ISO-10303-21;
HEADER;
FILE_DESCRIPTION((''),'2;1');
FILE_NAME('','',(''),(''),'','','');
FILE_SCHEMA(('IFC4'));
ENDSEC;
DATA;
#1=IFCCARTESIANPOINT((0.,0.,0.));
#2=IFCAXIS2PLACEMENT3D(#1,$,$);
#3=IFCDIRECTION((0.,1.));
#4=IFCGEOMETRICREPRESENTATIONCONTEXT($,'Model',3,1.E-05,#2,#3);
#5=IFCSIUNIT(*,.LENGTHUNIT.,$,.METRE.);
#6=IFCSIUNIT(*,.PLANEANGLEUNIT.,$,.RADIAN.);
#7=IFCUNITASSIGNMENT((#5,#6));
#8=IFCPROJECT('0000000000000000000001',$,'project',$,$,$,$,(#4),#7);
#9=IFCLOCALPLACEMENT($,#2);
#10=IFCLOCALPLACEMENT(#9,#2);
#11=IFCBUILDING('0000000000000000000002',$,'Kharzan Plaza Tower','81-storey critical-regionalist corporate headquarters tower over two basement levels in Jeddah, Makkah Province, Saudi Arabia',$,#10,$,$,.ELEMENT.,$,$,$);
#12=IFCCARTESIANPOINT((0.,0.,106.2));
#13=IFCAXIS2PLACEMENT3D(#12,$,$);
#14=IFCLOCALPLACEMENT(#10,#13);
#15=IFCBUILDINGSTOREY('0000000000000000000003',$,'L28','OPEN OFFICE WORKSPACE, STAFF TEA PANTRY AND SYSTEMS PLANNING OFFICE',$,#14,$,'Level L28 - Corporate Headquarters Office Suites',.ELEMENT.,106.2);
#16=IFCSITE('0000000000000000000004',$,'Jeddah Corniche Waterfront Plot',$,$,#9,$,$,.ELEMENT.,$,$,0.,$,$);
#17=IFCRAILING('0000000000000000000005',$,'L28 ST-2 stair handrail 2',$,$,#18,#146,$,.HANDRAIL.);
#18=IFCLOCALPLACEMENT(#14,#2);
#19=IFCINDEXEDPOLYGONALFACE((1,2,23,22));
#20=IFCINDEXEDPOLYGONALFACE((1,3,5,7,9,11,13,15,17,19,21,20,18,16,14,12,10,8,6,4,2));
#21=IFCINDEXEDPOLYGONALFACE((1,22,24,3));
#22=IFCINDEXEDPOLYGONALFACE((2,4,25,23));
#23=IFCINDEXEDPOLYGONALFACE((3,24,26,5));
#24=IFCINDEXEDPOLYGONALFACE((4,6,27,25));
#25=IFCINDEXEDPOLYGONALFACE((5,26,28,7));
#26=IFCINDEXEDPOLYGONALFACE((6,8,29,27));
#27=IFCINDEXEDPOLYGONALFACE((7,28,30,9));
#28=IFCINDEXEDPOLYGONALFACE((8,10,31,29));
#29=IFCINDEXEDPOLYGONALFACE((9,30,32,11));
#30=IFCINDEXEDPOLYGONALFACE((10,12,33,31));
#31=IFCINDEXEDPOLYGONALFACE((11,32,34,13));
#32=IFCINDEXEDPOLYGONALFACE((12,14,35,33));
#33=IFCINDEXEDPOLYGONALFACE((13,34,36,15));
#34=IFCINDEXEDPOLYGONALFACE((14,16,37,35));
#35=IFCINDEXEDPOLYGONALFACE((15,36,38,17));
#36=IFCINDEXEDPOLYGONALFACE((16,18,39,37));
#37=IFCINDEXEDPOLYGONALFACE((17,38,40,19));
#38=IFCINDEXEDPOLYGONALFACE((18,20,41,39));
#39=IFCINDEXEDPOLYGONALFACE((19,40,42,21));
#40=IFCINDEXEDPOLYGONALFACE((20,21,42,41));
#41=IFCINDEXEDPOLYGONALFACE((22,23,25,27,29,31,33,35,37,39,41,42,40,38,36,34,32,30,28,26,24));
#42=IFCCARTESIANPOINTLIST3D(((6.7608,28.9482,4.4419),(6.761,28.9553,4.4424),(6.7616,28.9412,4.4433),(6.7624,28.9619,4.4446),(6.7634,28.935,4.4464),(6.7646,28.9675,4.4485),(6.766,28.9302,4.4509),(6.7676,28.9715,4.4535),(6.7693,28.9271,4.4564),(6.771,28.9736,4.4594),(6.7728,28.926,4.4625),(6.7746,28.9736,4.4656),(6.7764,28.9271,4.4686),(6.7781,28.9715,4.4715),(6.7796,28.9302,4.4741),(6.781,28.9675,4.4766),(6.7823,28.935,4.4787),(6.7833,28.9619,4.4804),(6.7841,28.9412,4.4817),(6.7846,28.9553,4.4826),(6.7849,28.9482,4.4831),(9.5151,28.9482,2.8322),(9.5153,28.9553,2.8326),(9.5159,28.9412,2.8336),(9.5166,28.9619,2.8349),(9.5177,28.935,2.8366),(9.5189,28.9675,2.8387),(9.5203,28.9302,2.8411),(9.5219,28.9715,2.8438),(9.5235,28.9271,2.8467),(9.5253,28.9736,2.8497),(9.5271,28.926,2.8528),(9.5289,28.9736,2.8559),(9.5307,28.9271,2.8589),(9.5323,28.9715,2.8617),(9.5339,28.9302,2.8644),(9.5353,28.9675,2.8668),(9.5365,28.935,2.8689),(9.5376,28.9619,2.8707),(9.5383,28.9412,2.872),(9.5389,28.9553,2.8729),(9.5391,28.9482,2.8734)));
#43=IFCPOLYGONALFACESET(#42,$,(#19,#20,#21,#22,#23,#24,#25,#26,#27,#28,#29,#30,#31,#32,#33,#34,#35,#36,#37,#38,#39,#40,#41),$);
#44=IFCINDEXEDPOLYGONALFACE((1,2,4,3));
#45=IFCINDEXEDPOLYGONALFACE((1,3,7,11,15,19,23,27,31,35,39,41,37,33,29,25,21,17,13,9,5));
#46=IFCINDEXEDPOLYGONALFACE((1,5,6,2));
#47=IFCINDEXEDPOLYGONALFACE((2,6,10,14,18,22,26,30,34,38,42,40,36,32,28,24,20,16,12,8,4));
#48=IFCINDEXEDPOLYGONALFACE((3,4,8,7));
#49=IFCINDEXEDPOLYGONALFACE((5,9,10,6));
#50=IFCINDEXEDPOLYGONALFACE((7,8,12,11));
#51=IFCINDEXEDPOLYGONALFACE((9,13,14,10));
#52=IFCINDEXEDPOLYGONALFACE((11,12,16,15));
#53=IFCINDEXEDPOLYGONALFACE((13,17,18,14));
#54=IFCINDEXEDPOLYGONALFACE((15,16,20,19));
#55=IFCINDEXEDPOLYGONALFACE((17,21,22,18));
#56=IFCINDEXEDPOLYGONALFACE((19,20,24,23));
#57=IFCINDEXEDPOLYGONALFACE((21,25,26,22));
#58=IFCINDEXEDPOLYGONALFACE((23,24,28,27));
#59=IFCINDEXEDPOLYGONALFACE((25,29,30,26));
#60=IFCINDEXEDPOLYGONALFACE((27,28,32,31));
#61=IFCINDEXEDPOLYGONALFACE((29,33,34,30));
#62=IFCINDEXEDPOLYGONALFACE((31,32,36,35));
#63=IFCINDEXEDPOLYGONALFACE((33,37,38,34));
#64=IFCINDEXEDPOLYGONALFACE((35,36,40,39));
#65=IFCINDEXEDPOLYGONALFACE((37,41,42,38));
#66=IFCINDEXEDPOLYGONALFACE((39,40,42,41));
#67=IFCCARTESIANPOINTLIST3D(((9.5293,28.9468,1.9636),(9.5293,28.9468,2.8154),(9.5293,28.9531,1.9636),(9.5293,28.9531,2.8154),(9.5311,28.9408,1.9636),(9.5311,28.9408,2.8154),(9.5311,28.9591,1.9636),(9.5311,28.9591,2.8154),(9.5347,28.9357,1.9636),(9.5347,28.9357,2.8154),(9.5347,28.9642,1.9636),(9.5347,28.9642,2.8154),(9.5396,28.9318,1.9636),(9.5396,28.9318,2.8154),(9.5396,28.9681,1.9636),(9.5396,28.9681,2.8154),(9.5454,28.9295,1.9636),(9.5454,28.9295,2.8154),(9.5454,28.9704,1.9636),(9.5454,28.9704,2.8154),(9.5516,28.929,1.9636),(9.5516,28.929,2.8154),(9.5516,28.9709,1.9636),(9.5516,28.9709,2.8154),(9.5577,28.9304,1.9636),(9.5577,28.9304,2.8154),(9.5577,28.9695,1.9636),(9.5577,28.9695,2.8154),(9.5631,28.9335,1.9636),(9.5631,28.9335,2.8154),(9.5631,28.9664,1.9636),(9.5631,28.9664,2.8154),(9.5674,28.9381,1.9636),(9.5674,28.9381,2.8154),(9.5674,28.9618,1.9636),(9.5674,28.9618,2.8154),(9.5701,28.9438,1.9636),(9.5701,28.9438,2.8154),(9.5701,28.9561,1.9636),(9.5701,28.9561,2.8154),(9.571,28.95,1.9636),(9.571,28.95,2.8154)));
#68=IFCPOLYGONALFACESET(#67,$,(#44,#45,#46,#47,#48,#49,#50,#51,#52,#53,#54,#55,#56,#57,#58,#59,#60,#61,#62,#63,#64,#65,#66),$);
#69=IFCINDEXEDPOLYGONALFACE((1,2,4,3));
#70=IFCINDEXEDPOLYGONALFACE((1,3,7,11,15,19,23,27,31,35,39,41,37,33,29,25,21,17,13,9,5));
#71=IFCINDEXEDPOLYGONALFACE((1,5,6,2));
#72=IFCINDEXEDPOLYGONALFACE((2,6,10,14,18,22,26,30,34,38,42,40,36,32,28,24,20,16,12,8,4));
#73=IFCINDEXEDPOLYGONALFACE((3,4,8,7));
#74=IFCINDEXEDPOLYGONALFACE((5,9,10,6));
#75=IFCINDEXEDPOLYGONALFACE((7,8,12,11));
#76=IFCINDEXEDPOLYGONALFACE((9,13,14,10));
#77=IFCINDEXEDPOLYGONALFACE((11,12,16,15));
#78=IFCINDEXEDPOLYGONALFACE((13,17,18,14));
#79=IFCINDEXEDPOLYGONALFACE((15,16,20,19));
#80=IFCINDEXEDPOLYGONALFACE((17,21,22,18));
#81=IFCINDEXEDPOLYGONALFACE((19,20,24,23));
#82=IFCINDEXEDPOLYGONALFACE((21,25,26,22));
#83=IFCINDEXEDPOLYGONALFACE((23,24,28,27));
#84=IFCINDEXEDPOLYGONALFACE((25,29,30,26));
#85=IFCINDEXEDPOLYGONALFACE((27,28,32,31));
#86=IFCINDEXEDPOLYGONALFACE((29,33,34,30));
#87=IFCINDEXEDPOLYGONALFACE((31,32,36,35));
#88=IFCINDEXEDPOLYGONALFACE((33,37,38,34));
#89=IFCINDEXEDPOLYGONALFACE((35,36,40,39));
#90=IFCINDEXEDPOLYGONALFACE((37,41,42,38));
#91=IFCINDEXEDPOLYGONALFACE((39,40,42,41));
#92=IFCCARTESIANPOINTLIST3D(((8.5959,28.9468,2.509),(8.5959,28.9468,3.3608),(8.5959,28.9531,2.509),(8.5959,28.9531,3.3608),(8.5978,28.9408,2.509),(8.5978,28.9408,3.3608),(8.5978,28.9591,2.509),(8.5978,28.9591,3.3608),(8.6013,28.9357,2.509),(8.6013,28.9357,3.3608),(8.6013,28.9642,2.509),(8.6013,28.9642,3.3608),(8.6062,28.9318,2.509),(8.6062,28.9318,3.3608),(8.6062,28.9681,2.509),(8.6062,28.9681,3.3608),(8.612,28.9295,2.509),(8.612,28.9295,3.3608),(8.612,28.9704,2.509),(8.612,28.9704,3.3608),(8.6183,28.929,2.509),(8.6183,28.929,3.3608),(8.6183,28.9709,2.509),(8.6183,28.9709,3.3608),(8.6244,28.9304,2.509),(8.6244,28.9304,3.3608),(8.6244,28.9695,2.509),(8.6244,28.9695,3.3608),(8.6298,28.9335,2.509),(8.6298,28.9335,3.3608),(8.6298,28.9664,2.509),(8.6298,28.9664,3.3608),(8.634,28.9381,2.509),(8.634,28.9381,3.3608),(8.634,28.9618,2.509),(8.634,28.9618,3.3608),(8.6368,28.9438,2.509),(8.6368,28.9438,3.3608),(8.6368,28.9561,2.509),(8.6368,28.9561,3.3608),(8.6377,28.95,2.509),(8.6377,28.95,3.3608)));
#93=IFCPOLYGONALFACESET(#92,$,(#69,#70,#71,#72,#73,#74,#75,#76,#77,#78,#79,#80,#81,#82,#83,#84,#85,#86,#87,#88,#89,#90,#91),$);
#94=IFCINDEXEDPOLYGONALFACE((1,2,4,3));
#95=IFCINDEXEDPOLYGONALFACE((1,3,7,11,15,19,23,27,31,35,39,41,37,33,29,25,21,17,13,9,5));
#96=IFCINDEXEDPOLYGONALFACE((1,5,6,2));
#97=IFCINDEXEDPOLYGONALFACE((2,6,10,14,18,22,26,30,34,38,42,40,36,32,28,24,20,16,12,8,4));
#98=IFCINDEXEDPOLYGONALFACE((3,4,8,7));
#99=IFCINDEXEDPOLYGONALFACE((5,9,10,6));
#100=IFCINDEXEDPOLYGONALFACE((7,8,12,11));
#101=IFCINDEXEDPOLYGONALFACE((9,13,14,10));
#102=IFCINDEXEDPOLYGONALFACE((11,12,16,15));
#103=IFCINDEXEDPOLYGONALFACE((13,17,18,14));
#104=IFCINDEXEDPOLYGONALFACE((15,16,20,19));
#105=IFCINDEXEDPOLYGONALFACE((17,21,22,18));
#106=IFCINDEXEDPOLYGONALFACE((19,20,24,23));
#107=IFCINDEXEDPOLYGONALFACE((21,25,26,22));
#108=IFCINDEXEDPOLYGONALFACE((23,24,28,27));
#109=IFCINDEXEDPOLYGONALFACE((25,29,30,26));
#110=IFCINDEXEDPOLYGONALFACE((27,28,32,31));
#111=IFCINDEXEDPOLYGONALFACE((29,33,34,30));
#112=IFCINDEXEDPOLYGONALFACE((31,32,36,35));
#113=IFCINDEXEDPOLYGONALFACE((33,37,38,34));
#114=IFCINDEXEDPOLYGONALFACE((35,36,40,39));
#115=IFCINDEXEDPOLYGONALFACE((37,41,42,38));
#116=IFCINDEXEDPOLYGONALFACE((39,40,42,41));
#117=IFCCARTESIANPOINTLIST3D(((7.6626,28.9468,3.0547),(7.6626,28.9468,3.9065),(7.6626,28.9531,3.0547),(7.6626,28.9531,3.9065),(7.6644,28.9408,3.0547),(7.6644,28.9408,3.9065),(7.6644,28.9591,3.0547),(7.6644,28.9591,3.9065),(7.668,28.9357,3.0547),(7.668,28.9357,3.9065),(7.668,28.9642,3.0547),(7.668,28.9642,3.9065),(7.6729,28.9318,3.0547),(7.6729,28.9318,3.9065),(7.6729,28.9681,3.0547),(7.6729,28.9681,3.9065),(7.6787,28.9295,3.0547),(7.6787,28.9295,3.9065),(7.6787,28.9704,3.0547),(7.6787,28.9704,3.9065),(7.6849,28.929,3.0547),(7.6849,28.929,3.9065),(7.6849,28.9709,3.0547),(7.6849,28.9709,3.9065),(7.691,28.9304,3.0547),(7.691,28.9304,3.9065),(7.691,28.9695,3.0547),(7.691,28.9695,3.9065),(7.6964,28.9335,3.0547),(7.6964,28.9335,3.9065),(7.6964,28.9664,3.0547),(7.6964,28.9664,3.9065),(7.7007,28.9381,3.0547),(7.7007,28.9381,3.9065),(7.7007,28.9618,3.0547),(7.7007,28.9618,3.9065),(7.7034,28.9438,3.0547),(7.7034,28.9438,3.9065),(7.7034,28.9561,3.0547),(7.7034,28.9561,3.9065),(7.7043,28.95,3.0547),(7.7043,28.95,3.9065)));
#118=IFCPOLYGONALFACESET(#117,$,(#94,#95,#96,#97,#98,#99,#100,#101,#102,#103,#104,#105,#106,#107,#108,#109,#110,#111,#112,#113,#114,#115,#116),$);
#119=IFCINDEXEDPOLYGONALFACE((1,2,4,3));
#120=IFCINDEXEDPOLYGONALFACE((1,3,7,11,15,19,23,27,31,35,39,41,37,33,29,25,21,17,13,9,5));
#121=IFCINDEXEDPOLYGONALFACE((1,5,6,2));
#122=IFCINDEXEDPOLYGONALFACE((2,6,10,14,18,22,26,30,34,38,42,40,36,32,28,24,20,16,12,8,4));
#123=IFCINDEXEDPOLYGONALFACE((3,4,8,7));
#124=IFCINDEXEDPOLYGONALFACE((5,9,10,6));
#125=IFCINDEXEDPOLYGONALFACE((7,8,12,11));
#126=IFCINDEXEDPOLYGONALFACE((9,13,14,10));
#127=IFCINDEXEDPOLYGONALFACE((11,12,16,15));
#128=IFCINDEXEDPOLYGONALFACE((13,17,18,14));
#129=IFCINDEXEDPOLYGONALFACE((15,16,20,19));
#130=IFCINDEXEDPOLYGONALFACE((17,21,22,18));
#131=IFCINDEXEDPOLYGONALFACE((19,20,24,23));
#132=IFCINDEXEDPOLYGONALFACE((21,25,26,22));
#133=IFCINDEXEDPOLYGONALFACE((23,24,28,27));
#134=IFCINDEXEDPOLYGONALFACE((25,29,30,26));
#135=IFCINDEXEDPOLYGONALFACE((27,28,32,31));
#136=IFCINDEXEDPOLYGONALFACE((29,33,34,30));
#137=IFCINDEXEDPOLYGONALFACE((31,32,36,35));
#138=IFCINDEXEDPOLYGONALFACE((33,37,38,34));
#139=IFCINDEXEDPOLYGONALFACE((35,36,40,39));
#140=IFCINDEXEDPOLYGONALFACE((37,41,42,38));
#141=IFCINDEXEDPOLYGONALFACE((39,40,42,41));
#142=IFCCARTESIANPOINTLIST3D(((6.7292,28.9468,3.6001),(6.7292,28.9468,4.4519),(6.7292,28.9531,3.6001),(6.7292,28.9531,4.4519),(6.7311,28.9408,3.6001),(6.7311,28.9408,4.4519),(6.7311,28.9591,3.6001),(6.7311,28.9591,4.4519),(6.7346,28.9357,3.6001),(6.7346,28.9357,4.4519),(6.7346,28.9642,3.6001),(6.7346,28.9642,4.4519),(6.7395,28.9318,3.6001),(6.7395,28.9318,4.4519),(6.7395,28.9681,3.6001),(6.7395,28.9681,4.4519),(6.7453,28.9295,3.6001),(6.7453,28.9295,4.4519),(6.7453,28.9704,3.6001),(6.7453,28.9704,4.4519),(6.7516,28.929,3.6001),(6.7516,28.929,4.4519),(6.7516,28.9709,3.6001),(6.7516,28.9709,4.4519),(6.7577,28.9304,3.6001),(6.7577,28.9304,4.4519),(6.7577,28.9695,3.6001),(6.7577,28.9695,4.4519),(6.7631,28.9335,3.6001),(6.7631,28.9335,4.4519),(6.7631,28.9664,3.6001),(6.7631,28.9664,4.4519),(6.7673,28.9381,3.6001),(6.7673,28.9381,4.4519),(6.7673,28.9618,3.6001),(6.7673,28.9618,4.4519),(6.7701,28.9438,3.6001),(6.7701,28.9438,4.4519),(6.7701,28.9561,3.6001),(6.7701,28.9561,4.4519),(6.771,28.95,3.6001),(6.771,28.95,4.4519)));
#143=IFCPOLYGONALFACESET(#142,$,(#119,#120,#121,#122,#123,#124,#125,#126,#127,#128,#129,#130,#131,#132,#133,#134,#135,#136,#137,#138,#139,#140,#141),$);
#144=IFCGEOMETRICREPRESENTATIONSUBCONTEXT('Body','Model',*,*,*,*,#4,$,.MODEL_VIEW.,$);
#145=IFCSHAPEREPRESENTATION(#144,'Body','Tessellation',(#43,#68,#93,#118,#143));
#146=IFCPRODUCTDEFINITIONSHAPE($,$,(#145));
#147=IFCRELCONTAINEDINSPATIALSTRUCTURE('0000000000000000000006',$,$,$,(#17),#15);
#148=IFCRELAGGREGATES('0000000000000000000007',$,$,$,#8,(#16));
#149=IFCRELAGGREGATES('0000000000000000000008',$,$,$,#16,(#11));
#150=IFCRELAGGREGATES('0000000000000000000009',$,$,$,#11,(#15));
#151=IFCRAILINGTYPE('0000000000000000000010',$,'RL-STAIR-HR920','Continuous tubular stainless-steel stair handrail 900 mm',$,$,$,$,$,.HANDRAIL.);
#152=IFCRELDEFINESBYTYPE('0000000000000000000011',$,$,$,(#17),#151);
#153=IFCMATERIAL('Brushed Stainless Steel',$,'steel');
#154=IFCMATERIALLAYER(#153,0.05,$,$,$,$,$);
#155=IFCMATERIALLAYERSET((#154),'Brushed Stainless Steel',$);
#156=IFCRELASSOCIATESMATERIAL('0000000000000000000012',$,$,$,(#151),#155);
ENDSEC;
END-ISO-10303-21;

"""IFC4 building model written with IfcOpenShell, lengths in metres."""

from ifc_helpers import new_model, si_unit, direction, frame, origin, origin_2d, place, context, subcontext, project, spatial, circle, extrude, source, transform, mapped, material, layer, layer_set, type_object, element, save


model = new_model("IFC4")

# Units and contexts
model_context = context("Model", 3, precision=1e-05, world=origin(), true_north=direction((0.0, 1.0)))
body_context = subcontext(model_context, "Body", "Model", "MODEL_VIEW")
ifc_project = project(units=[si_unit("LENGTHUNIT", "METRE"), si_unit("PLANEANGLEUNIT", "RADIAN")], contexts=[model_context])

# Site, building, storey
site_placement = place(None, origin())
site = spatial("IfcSite", under=ifc_project, at=site_placement, Name="Jeddah Corniche Waterfront Plot", CompositionType="ELEMENT", RefElevation=0.0)
building_placement = place(site_placement, origin())
building = spatial("IfcBuilding", under=site, at=building_placement, Name="Kharzan Plaza Tower", Description="81-storey critical-regionalist corporate headquarters tower over two basement levels in Jeddah, Makkah Province, Saudi Arabia", CompositionType="ELEMENT")
storey_placement = place(building_placement, frame((0.0, 0.0, 106.2)))
storey = spatial("IfcBuildingStorey", under=building, at=storey_placement, Name="L28", Description="OPEN OFFICE WORKSPACE, STAFF TEA PANTRY AND SYSTEMS PLANNING OFFICE", LongName="Level L28 - Corporate Headquarters Office Suites", CompositionType="ELEMENT", Elevation=106.2)

# Shared definitions
ifc_material_1 = material(Name="Brushed Stainless Steel", Category="steel")

# Railing
ifc_layer_1 = layer(ifc_material_1, 0.05)
ifc_layer_set_1 = layer_set([ifc_layer_1], Name="Brushed Stainless Steel")
railing_type_1 = type_object("IfcRailingType", Name="RL-STAIR-HR920", Description="Continuous tubular stainless-steel stair handrail 900 mm", PredefinedType="HANDRAIL", material=ifc_layer_set_1)
shared_shape_1 = source(origin(), body_context, "Body", "SweptSolid", [
    extrude(circle(Radius=0.0239, at=origin_2d()), frame((-0.0229, 0.0, 0.8892), z_axis=(-0.863361, 0.0, 0.504587), x_axis=(0.0, -1.0, 0.0)), (0.0, 0.0, 1.0), 3.1902),
    extrude(circle(Radius=0.021, at=origin_2d()), origin(), (0.0, 0.0, 1.0), 0.8518),
    extrude(circle(Radius=0.021, at=origin_2d()), frame((-0.9333, 0.0, 0.5454)), (0.0, 0.0, 1.0), 0.8518),
    extrude(circle(Radius=0.021, at=origin_2d()), frame((-1.8667, 0.0, 1.0911)), (0.0, 0.0, 1.0), 0.8518),
    extrude(circle(Radius=0.021, at=origin_2d()), frame((-2.8, 0.0, 1.6365)), (0.0, 0.0, 1.0), 0.8518),
])
railing_1_placement = place(storey_placement, frame((9.55, 28.95, 1.9636)))
element("IfcRailing", 1, at=railing_1_placement, inside=storey, type_object=railing_type_1, Name="L28 ST-2 stair handrail 2", PredefinedType="HANDRAIL", context=body_context, shape_type="MappedRepresentation", body=[
    mapped(shared_shape_1, transform((0.0, 0.0, 0.0), x_axis=(1.0, 0.0, 0.0), y_axis=(0.0, 1.0, 0.0), z_axis=(0.0, 0.0, 1.0))),
])

save(model, "model.ifc")
